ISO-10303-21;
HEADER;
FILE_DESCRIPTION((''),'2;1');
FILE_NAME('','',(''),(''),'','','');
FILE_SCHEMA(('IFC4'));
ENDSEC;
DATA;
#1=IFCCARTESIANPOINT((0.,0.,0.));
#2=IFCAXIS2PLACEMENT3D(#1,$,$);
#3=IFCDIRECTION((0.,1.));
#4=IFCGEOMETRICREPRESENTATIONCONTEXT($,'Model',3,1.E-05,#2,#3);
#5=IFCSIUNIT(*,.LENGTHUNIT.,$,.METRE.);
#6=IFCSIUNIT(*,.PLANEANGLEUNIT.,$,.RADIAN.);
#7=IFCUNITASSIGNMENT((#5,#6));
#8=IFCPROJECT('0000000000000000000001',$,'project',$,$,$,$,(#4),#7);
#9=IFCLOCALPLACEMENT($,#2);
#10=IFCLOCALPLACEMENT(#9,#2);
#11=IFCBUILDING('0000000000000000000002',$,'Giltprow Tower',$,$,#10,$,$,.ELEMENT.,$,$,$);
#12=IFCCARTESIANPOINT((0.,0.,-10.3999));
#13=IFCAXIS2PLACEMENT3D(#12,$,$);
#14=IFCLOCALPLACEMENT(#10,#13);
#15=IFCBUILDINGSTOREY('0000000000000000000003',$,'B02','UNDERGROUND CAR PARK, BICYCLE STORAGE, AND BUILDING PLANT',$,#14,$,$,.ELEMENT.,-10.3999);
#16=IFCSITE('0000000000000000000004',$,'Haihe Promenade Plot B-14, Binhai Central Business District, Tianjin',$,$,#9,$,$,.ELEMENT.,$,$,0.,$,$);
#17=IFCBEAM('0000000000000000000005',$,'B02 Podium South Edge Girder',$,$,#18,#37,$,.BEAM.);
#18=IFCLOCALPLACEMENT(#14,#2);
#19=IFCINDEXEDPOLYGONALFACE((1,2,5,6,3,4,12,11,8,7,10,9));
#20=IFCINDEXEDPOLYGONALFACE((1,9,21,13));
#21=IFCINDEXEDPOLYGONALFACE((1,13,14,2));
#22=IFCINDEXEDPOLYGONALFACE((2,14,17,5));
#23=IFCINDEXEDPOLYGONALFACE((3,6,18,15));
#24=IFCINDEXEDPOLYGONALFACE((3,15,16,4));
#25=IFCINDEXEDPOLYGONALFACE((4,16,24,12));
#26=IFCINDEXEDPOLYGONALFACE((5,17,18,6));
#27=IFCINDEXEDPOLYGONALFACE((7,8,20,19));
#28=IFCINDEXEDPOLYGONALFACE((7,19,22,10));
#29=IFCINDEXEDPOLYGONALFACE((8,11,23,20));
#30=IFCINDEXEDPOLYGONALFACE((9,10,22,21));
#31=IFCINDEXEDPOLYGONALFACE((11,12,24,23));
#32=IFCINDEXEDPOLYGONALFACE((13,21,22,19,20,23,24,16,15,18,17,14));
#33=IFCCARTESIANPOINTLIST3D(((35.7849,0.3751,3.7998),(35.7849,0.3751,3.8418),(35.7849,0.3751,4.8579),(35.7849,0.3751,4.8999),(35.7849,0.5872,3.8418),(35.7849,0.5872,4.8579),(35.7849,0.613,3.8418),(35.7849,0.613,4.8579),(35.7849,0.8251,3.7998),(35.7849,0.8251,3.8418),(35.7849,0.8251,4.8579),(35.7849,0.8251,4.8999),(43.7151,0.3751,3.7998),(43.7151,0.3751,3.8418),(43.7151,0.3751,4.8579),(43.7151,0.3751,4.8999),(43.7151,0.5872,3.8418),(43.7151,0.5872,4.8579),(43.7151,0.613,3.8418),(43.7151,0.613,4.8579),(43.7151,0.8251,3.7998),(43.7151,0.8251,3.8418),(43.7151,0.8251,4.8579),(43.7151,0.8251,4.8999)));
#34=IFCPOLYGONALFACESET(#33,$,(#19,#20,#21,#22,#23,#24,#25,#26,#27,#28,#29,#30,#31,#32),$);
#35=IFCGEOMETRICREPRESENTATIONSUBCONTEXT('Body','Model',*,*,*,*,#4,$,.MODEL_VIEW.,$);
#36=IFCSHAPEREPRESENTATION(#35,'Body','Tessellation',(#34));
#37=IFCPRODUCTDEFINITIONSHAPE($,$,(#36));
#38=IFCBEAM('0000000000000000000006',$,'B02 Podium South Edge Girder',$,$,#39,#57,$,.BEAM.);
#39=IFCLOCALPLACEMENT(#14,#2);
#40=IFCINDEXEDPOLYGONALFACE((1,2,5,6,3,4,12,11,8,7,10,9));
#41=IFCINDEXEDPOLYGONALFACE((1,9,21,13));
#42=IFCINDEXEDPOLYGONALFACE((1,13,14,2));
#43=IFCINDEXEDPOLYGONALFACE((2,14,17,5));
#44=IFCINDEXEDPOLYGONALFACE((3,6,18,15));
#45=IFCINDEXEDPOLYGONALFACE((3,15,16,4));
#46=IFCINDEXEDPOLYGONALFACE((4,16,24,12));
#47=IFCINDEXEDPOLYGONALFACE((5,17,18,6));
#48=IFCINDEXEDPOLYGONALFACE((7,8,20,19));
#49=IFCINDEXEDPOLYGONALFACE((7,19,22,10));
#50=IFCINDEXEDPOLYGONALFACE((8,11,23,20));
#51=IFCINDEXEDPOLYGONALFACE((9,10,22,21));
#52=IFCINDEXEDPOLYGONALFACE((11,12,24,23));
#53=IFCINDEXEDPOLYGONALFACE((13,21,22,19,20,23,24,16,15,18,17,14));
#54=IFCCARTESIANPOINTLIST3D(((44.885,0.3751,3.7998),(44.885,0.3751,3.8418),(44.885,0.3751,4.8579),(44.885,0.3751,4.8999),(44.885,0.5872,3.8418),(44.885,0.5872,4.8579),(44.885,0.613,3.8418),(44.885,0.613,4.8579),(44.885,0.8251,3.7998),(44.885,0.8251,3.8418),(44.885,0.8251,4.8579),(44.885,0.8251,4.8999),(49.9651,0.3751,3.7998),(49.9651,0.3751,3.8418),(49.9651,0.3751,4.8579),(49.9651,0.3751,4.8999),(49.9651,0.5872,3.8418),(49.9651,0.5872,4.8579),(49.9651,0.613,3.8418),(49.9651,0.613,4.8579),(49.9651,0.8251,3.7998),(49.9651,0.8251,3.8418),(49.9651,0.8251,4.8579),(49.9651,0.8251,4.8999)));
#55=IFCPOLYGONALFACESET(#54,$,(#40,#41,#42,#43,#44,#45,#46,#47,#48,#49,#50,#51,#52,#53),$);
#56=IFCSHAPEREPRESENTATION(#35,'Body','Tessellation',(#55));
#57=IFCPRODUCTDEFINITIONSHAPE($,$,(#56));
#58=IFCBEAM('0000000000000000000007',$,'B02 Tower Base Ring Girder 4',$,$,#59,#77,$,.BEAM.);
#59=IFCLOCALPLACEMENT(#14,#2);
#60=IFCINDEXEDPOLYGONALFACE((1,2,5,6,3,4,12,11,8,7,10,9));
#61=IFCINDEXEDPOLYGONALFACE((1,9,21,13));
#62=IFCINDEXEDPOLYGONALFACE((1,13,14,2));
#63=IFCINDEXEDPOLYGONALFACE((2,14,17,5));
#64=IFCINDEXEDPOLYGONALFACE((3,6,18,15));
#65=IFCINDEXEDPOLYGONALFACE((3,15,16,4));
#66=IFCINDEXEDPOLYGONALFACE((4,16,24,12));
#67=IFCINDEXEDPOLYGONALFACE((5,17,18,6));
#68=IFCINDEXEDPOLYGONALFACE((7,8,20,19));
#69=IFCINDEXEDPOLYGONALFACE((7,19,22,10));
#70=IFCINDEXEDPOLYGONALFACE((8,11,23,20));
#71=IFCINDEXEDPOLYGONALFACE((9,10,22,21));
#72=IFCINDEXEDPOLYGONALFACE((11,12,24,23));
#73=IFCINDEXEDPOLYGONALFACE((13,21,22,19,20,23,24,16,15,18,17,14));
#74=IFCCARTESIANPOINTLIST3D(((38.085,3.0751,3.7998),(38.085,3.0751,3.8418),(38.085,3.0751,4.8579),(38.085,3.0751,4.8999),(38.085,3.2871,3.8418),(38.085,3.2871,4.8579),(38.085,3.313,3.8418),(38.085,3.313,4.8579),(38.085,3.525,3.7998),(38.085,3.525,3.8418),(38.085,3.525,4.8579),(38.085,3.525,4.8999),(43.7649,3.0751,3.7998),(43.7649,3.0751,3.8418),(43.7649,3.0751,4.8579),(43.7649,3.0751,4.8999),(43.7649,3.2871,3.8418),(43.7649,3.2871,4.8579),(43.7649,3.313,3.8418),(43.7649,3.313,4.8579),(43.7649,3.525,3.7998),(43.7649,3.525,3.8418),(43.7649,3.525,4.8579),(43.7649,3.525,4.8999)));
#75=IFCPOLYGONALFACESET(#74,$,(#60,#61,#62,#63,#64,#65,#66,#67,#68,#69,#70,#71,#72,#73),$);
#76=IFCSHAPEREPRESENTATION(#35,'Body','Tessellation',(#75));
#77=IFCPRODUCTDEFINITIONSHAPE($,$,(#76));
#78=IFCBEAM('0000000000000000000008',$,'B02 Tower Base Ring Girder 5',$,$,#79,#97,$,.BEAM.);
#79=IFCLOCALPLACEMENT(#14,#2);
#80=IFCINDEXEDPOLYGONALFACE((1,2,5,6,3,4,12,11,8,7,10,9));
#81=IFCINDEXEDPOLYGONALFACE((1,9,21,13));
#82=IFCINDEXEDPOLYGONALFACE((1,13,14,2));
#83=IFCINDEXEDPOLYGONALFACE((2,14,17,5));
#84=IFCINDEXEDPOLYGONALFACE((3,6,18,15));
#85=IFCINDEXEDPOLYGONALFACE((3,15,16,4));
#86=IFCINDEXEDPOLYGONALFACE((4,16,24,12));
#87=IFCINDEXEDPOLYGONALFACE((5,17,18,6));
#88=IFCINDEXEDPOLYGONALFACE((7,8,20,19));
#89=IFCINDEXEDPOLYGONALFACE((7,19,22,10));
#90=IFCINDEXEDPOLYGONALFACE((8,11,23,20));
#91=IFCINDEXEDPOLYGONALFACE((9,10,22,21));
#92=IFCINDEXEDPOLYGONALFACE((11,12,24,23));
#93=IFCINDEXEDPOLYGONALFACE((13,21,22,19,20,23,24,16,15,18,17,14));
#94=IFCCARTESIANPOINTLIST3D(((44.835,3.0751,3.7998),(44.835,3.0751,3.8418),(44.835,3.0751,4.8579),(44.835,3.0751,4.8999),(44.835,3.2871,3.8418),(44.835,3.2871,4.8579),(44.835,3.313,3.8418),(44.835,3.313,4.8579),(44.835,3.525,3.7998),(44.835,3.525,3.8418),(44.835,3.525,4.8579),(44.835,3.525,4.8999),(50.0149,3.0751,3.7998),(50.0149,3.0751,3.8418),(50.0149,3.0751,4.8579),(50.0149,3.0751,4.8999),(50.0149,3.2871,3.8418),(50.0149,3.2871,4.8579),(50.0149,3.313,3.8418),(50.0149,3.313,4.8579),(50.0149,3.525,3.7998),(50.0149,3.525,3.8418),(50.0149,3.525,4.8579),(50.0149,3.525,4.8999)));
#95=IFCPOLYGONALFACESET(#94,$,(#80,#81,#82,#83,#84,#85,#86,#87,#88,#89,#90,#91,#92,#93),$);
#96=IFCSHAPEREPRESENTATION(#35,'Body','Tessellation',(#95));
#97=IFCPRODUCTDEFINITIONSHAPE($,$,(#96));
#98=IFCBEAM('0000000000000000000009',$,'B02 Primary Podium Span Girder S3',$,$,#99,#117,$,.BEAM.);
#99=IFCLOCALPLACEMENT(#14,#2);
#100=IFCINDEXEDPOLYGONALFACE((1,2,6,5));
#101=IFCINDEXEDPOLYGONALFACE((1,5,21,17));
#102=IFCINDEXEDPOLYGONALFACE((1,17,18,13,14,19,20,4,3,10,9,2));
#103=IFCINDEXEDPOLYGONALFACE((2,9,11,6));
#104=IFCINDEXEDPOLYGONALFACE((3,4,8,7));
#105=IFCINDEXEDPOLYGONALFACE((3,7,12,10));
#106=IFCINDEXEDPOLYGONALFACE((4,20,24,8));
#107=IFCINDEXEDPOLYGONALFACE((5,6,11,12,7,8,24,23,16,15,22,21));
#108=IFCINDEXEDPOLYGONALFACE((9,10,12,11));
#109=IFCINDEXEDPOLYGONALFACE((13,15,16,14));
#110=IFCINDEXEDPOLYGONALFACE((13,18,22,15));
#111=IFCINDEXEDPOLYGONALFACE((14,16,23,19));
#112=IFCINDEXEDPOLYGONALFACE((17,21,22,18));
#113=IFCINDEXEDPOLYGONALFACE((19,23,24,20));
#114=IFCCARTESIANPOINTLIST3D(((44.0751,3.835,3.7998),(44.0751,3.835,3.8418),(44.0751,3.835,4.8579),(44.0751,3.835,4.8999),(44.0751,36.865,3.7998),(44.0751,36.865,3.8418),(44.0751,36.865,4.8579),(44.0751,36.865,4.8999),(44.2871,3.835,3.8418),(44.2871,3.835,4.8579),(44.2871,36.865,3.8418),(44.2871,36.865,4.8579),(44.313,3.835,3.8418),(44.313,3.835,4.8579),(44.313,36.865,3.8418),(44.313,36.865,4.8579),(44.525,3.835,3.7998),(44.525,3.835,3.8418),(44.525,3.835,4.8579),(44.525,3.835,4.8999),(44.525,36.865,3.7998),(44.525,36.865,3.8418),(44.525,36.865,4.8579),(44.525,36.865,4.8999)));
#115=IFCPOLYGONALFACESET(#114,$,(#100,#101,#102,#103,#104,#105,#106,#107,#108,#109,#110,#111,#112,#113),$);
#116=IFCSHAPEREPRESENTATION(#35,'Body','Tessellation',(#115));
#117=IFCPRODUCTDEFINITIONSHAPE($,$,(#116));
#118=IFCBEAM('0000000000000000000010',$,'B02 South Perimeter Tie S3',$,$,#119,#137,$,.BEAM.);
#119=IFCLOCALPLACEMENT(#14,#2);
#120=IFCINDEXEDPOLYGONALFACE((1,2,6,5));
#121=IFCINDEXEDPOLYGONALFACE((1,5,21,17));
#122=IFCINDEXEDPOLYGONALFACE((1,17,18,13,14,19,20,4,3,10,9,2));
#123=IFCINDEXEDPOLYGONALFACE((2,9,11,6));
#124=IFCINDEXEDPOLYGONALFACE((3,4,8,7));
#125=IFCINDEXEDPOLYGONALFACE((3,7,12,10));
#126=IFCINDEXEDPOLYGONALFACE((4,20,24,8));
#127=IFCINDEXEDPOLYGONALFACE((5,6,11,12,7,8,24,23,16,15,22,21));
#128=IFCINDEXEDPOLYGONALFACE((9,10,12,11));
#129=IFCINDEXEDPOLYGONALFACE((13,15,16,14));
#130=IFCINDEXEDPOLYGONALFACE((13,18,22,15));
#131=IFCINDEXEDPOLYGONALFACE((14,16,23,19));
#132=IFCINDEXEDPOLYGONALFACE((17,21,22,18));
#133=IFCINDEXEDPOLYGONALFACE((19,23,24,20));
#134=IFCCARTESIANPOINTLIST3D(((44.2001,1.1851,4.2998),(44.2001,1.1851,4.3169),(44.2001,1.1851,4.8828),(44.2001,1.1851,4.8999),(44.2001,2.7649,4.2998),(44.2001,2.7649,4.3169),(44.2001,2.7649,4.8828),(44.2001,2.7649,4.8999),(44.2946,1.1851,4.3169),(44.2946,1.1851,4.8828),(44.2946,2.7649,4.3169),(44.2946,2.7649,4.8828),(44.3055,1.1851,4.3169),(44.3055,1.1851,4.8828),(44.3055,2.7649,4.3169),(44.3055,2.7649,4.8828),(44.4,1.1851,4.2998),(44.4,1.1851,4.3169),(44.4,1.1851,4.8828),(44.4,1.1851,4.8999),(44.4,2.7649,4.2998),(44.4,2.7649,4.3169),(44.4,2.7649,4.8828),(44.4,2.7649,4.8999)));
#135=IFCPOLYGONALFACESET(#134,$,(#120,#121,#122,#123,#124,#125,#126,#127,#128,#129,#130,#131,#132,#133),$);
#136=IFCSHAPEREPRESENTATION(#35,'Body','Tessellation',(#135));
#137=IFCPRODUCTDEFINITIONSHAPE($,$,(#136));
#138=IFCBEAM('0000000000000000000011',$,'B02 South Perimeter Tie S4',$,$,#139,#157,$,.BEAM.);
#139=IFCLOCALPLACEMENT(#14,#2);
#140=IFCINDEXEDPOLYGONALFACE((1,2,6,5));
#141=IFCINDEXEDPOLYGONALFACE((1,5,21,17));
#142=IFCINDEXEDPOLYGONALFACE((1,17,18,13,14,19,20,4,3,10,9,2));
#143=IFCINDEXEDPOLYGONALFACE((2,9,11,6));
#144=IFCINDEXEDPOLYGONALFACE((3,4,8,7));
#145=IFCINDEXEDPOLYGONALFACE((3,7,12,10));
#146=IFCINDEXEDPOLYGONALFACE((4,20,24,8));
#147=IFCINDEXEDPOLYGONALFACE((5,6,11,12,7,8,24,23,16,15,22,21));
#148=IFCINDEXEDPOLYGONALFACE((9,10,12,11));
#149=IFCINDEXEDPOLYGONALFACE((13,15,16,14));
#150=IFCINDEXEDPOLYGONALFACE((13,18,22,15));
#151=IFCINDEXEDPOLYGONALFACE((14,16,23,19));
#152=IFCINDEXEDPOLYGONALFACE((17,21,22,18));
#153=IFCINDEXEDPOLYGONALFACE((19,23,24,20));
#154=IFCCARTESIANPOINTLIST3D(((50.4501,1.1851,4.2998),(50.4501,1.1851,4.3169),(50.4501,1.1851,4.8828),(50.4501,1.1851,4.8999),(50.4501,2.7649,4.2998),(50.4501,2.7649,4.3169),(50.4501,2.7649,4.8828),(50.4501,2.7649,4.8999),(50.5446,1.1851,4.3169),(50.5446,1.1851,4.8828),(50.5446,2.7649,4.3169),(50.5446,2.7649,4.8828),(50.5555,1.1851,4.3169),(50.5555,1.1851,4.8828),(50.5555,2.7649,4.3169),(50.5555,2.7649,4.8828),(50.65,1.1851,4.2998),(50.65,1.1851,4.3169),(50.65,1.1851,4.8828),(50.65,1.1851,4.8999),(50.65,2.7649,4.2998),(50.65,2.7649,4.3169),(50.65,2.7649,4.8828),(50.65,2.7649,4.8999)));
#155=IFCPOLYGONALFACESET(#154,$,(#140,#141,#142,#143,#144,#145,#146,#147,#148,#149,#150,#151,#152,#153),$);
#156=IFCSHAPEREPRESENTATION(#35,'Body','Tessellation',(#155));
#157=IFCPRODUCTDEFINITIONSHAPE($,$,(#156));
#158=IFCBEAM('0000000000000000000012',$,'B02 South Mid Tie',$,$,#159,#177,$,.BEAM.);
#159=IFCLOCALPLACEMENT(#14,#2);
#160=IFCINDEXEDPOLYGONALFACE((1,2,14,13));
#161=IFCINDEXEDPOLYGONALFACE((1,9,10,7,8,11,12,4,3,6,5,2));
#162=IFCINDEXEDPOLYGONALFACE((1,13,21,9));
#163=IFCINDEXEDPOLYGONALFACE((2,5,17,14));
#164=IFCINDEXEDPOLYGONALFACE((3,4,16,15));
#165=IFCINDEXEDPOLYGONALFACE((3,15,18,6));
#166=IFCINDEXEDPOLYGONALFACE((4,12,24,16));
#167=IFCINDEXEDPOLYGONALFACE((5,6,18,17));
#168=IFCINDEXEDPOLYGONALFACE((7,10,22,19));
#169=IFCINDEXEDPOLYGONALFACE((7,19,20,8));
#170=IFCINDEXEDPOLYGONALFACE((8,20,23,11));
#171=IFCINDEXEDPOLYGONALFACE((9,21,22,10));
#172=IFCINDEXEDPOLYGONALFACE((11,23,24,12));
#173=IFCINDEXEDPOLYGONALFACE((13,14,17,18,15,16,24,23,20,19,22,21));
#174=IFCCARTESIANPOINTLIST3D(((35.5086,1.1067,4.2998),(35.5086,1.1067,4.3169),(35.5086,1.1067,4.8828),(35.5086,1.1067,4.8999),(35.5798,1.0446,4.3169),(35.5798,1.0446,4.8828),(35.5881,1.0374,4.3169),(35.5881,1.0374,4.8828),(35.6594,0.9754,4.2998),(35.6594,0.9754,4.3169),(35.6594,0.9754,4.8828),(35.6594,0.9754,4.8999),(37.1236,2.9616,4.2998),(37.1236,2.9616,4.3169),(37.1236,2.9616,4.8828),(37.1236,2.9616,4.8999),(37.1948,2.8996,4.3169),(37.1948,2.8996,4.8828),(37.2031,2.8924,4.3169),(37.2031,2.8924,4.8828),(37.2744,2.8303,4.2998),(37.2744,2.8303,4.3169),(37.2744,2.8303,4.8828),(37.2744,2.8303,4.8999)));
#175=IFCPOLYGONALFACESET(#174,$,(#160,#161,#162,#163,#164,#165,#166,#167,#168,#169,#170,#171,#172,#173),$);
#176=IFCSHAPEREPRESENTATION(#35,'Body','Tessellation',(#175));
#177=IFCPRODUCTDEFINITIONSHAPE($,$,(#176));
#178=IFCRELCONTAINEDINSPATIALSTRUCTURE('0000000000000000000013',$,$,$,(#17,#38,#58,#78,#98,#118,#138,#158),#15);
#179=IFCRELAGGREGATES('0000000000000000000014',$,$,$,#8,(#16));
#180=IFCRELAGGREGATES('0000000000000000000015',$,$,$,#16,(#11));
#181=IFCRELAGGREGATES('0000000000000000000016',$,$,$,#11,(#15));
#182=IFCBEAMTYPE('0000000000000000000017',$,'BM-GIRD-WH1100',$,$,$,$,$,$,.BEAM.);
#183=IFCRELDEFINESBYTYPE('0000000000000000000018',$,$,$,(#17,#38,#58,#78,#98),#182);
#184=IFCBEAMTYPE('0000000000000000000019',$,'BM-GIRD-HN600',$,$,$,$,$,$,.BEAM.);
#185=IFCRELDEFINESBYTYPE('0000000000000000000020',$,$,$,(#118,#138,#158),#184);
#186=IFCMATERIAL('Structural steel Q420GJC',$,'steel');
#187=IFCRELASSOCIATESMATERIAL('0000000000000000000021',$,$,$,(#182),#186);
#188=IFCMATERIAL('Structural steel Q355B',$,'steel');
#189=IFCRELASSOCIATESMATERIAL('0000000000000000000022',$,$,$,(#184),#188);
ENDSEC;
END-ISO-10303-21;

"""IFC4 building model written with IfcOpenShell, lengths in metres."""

from ifc_helpers import new_model, si_unit, direction, frame, origin, origin_2d, place, context, subcontext, project, spatial, i_section, extrude, source, transform, mapped, material, material_profile, profile_set, type_object, element, save


model = new_model("IFC4")

# Units and contexts
model_context = context("Model", 3, precision=1e-05, world=origin(), true_north=direction((0.0, 1.0)))
body_context = subcontext(model_context, "Body", "Model", "MODEL_VIEW")
ifc_project = project(units=[si_unit("LENGTHUNIT", "METRE"), si_unit("PLANEANGLEUNIT", "RADIAN")], contexts=[model_context])

# Site, building, storey
site_placement = place(None, origin())
site = spatial("IfcSite", under=ifc_project, at=site_placement, Name="Haihe Promenade Plot B-14, Binhai Central Business District, Tianjin", CompositionType="ELEMENT", RefElevation=0.0)
building_placement = place(site_placement, origin())
building = spatial("IfcBuilding", under=site, at=building_placement, Name="Giltprow Tower", CompositionType="ELEMENT")
storey_placement = place(building_placement, frame((0.0, 0.0, -10.3999)))
storey = spatial("IfcBuildingStorey", under=building, at=storey_placement, Name="B02", Description="UNDERGROUND CAR PARK, BICYCLE STORAGE, AND BUILDING PLANT", CompositionType="ELEMENT", Elevation=-10.3999)

# Shared definitions
ifc_material_1 = material(Name="Structural steel Q420GJC", Category="steel")

# Beams
ifc_material_profile_1 = material_profile(ifc_material_1, i_section(OverallWidth=0.45, OverallDepth=1.1001, WebThickness=0.0259, FlangeThickness=0.042, at=origin_2d()), Name="WH 1100x450x26x42")
ifc_profile_set_1 = profile_set([ifc_material_profile_1], Name="Structural steel Q420GJC")
beam_type_1 = type_object("IfcBeamType", Name="BM-GIRD-WH1100", PredefinedType="BEAM", material=ifc_profile_set_1)
shared_shape_1 = source(origin(), body_context, "Body", "SweptSolid", [
    extrude(i_section(OverallWidth=0.45, OverallDepth=1.1001, WebThickness=0.0259, FlangeThickness=0.042, at=origin_2d()), origin(), (0.0, 0.0, 1.0), 7.9302),
])
beam_1_placement = place(storey_placement, frame((35.7849, 0.6001, 4.3499), z_axis=(1.0, 0.0, 0.0), x_axis=(0.0, 1.0, 0.0)))
element("IfcBeam", 1, at=beam_1_placement, inside=storey, type_object=beam_type_1, Name="B02 Podium South Edge Girder", PredefinedType="BEAM", context=body_context, shape_type="MappedRepresentation", body=[
    mapped(shared_shape_1, transform((0.0, 0.0, 0.0), x_axis=(1.0, 0.0, 0.0), y_axis=(0.0, 1.0, 0.0), z_axis=(0.0, 0.0, 1.0), scale=1.0)),
])
shared_shape_2 = source(origin(), body_context, "Body", "SweptSolid", [
    extrude(i_section(OverallWidth=0.45, OverallDepth=1.1001, WebThickness=0.0259, FlangeThickness=0.042, at=origin_2d()), origin(), (0.0, 0.0, 1.0), 5.0801),
])
beam_2_placement = place(storey_placement, frame((44.885, 0.6001, 4.3499), z_axis=(1.0, 0.0, 0.0), x_axis=(0.0, 1.0, 0.0)))
element("IfcBeam", 2, at=beam_2_placement, inside=storey, type_object=beam_type_1, Name="B02 Podium South Edge Girder", PredefinedType="BEAM", context=body_context, shape_type="MappedRepresentation", body=[
    mapped(shared_shape_2, transform((0.0, 0.0, 0.0), x_axis=(1.0, 0.0, 0.0), y_axis=(0.0, 1.0, 0.0), z_axis=(0.0, 0.0, 1.0), scale=1.0)),
])
shared_shape_3 = source(origin(), body_context, "Body", "SweptSolid", [
    extrude(i_section(OverallWidth=0.45, OverallDepth=1.1001, WebThickness=0.0259, FlangeThickness=0.042, at=origin_2d()), origin(), (0.0, 0.0, 1.0), 5.6799),
])
beam_3_placement = place(storey_placement, frame((38.085, 3.3, 4.3499), z_axis=(1.0, 0.0, 0.0), x_axis=(0.0, 1.0, 0.0)))
element("IfcBeam", 3, at=beam_3_placement, inside=storey, type_object=beam_type_1, Name="B02 Tower Base Ring Girder 4", PredefinedType="BEAM", context=body_context, shape_type="MappedRepresentation", body=[
    mapped(shared_shape_3, transform((0.0, 0.0, 0.0), x_axis=(1.0, 0.0, 0.0), y_axis=(0.0, 1.0, 0.0), z_axis=(0.0, 0.0, 1.0), scale=1.0)),
])
shared_shape_4 = source(origin(), body_context, "Body", "SweptSolid", [
    extrude(i_section(OverallWidth=0.45, OverallDepth=1.1001, WebThickness=0.0259, FlangeThickness=0.042, at=origin_2d()), origin(), (0.0, 0.0, 1.0), 5.1799),
])
beam_4_placement = place(storey_placement, frame((44.835, 3.3, 4.3499), z_axis=(1.0, 0.0, 0.0), x_axis=(0.0, 1.0, 0.0)))
element("IfcBeam", 4, at=beam_4_placement, inside=storey, type_object=beam_type_1, Name="B02 Tower Base Ring Girder 5", PredefinedType="BEAM", context=body_context, shape_type="MappedRepresentation", body=[
    mapped(shared_shape_4, transform((0.0, 0.0, 0.0), x_axis=(1.0, 0.0, 0.0), y_axis=(0.0, 1.0, 0.0), z_axis=(0.0, 0.0, 1.0), scale=1.0)),
])
shared_shape_5 = source(origin(), body_context, "Body", "SweptSolid", [
    extrude(i_section(OverallWidth=0.45, OverallDepth=1.1001, WebThickness=0.0259, FlangeThickness=0.042, at=origin_2d()), origin(), (0.0, 0.0, 1.0), 33.03),
])
beam_5_placement = place(storey_placement, frame((44.3, 3.835, 4.3499), z_axis=(0.0, 1.0, 0.0), x_axis=(-1.0, 0.0, 0.0)))
element("IfcBeam", 5, at=beam_5_placement, inside=storey, type_object=beam_type_1, Name="B02 Primary Podium Span Girder S3", PredefinedType="BEAM", context=body_context, shape_type="MappedRepresentation", body=[
    mapped(shared_shape_5, transform((0.0, 0.0, 0.0), x_axis=(1.0, 0.0, 0.0), y_axis=(0.0, 1.0, 0.0), z_axis=(0.0, 0.0, 1.0), scale=1.0)),
])
ifc_material_2 = material(Name="Structural steel Q355B", Category="steel")
ifc_material_profile_2 = material_profile(ifc_material_2, i_section(OverallWidth=0.2, OverallDepth=0.6001, WebThickness=0.011, FlangeThickness=0.0171, at=origin_2d()), Name="HN 600x200x11x17")
ifc_profile_set_2 = profile_set([ifc_material_profile_2], Name="Structural steel Q355B")
beam_type_2 = type_object("IfcBeamType", Name="BM-GIRD-HN600", PredefinedType="BEAM", material=ifc_profile_set_2)
shared_shape_6 = source(origin(), body_context, "Body", "SweptSolid", [
    extrude(i_section(OverallWidth=0.2, OverallDepth=0.6001, WebThickness=0.011, FlangeThickness=0.0171, at=origin_2d()), origin(), (0.0, 0.0, 1.0), 1.5798),
])
for number, where, z_axis, x_axis, name in (
    (6, (44.3, 1.1851, 4.5999), (0.0, 1.0, 0.0), (-1.0, 0.0, 0.0), "B02 South Perimeter Tie S3"),
    (7, (50.55, 1.1851, 4.5999), (0.0, 1.0, 0.0), (-1.0, 0.0, 0.0), "B02 South Perimeter Tie S4"),
):
    element("IfcBeam", number, at=place(storey_placement, frame(where, z_axis=z_axis, x_axis=x_axis)), inside=storey, type_object=beam_type_2, Name=name, PredefinedType="BEAM", context=body_context, shape_type="MappedRepresentation", body=[
        mapped(shared_shape_6, transform((0.0, 0.0, 0.0), x_axis=(1.0, 0.0, 0.0), y_axis=(0.0, 1.0, 0.0), z_axis=(0.0, 0.0, 1.0), scale=1.0)),
    ])
shared_shape_7 = source(origin(), body_context, "Body", "SweptSolid", [
    extrude(i_section(OverallWidth=0.2, OverallDepth=0.6001, WebThickness=0.011, FlangeThickness=0.0171, at=origin_2d()), origin(), (0.0, 0.0, 1.0), 2.4595),
])
beam_6_placement = place(storey_placement, frame((35.584, 1.041, 4.5999), z_axis=(0.656633, 0.75421, 0.0), x_axis=(-0.75421, 0.656633, 0.0)))
element("IfcBeam", 8, at=beam_6_placement, inside=storey, type_object=beam_type_2, Name="B02 South Mid Tie", PredefinedType="BEAM", context=body_context, shape_type="MappedRepresentation", body=[
    mapped(shared_shape_7, transform((0.0, 0.0, 0.0), x_axis=(1.0, 0.0, 0.0), y_axis=(0.0, 1.0, 0.0), z_axis=(0.0, 0.0, 1.0), scale=1.0)),
])

save(model, "model.ifc")
